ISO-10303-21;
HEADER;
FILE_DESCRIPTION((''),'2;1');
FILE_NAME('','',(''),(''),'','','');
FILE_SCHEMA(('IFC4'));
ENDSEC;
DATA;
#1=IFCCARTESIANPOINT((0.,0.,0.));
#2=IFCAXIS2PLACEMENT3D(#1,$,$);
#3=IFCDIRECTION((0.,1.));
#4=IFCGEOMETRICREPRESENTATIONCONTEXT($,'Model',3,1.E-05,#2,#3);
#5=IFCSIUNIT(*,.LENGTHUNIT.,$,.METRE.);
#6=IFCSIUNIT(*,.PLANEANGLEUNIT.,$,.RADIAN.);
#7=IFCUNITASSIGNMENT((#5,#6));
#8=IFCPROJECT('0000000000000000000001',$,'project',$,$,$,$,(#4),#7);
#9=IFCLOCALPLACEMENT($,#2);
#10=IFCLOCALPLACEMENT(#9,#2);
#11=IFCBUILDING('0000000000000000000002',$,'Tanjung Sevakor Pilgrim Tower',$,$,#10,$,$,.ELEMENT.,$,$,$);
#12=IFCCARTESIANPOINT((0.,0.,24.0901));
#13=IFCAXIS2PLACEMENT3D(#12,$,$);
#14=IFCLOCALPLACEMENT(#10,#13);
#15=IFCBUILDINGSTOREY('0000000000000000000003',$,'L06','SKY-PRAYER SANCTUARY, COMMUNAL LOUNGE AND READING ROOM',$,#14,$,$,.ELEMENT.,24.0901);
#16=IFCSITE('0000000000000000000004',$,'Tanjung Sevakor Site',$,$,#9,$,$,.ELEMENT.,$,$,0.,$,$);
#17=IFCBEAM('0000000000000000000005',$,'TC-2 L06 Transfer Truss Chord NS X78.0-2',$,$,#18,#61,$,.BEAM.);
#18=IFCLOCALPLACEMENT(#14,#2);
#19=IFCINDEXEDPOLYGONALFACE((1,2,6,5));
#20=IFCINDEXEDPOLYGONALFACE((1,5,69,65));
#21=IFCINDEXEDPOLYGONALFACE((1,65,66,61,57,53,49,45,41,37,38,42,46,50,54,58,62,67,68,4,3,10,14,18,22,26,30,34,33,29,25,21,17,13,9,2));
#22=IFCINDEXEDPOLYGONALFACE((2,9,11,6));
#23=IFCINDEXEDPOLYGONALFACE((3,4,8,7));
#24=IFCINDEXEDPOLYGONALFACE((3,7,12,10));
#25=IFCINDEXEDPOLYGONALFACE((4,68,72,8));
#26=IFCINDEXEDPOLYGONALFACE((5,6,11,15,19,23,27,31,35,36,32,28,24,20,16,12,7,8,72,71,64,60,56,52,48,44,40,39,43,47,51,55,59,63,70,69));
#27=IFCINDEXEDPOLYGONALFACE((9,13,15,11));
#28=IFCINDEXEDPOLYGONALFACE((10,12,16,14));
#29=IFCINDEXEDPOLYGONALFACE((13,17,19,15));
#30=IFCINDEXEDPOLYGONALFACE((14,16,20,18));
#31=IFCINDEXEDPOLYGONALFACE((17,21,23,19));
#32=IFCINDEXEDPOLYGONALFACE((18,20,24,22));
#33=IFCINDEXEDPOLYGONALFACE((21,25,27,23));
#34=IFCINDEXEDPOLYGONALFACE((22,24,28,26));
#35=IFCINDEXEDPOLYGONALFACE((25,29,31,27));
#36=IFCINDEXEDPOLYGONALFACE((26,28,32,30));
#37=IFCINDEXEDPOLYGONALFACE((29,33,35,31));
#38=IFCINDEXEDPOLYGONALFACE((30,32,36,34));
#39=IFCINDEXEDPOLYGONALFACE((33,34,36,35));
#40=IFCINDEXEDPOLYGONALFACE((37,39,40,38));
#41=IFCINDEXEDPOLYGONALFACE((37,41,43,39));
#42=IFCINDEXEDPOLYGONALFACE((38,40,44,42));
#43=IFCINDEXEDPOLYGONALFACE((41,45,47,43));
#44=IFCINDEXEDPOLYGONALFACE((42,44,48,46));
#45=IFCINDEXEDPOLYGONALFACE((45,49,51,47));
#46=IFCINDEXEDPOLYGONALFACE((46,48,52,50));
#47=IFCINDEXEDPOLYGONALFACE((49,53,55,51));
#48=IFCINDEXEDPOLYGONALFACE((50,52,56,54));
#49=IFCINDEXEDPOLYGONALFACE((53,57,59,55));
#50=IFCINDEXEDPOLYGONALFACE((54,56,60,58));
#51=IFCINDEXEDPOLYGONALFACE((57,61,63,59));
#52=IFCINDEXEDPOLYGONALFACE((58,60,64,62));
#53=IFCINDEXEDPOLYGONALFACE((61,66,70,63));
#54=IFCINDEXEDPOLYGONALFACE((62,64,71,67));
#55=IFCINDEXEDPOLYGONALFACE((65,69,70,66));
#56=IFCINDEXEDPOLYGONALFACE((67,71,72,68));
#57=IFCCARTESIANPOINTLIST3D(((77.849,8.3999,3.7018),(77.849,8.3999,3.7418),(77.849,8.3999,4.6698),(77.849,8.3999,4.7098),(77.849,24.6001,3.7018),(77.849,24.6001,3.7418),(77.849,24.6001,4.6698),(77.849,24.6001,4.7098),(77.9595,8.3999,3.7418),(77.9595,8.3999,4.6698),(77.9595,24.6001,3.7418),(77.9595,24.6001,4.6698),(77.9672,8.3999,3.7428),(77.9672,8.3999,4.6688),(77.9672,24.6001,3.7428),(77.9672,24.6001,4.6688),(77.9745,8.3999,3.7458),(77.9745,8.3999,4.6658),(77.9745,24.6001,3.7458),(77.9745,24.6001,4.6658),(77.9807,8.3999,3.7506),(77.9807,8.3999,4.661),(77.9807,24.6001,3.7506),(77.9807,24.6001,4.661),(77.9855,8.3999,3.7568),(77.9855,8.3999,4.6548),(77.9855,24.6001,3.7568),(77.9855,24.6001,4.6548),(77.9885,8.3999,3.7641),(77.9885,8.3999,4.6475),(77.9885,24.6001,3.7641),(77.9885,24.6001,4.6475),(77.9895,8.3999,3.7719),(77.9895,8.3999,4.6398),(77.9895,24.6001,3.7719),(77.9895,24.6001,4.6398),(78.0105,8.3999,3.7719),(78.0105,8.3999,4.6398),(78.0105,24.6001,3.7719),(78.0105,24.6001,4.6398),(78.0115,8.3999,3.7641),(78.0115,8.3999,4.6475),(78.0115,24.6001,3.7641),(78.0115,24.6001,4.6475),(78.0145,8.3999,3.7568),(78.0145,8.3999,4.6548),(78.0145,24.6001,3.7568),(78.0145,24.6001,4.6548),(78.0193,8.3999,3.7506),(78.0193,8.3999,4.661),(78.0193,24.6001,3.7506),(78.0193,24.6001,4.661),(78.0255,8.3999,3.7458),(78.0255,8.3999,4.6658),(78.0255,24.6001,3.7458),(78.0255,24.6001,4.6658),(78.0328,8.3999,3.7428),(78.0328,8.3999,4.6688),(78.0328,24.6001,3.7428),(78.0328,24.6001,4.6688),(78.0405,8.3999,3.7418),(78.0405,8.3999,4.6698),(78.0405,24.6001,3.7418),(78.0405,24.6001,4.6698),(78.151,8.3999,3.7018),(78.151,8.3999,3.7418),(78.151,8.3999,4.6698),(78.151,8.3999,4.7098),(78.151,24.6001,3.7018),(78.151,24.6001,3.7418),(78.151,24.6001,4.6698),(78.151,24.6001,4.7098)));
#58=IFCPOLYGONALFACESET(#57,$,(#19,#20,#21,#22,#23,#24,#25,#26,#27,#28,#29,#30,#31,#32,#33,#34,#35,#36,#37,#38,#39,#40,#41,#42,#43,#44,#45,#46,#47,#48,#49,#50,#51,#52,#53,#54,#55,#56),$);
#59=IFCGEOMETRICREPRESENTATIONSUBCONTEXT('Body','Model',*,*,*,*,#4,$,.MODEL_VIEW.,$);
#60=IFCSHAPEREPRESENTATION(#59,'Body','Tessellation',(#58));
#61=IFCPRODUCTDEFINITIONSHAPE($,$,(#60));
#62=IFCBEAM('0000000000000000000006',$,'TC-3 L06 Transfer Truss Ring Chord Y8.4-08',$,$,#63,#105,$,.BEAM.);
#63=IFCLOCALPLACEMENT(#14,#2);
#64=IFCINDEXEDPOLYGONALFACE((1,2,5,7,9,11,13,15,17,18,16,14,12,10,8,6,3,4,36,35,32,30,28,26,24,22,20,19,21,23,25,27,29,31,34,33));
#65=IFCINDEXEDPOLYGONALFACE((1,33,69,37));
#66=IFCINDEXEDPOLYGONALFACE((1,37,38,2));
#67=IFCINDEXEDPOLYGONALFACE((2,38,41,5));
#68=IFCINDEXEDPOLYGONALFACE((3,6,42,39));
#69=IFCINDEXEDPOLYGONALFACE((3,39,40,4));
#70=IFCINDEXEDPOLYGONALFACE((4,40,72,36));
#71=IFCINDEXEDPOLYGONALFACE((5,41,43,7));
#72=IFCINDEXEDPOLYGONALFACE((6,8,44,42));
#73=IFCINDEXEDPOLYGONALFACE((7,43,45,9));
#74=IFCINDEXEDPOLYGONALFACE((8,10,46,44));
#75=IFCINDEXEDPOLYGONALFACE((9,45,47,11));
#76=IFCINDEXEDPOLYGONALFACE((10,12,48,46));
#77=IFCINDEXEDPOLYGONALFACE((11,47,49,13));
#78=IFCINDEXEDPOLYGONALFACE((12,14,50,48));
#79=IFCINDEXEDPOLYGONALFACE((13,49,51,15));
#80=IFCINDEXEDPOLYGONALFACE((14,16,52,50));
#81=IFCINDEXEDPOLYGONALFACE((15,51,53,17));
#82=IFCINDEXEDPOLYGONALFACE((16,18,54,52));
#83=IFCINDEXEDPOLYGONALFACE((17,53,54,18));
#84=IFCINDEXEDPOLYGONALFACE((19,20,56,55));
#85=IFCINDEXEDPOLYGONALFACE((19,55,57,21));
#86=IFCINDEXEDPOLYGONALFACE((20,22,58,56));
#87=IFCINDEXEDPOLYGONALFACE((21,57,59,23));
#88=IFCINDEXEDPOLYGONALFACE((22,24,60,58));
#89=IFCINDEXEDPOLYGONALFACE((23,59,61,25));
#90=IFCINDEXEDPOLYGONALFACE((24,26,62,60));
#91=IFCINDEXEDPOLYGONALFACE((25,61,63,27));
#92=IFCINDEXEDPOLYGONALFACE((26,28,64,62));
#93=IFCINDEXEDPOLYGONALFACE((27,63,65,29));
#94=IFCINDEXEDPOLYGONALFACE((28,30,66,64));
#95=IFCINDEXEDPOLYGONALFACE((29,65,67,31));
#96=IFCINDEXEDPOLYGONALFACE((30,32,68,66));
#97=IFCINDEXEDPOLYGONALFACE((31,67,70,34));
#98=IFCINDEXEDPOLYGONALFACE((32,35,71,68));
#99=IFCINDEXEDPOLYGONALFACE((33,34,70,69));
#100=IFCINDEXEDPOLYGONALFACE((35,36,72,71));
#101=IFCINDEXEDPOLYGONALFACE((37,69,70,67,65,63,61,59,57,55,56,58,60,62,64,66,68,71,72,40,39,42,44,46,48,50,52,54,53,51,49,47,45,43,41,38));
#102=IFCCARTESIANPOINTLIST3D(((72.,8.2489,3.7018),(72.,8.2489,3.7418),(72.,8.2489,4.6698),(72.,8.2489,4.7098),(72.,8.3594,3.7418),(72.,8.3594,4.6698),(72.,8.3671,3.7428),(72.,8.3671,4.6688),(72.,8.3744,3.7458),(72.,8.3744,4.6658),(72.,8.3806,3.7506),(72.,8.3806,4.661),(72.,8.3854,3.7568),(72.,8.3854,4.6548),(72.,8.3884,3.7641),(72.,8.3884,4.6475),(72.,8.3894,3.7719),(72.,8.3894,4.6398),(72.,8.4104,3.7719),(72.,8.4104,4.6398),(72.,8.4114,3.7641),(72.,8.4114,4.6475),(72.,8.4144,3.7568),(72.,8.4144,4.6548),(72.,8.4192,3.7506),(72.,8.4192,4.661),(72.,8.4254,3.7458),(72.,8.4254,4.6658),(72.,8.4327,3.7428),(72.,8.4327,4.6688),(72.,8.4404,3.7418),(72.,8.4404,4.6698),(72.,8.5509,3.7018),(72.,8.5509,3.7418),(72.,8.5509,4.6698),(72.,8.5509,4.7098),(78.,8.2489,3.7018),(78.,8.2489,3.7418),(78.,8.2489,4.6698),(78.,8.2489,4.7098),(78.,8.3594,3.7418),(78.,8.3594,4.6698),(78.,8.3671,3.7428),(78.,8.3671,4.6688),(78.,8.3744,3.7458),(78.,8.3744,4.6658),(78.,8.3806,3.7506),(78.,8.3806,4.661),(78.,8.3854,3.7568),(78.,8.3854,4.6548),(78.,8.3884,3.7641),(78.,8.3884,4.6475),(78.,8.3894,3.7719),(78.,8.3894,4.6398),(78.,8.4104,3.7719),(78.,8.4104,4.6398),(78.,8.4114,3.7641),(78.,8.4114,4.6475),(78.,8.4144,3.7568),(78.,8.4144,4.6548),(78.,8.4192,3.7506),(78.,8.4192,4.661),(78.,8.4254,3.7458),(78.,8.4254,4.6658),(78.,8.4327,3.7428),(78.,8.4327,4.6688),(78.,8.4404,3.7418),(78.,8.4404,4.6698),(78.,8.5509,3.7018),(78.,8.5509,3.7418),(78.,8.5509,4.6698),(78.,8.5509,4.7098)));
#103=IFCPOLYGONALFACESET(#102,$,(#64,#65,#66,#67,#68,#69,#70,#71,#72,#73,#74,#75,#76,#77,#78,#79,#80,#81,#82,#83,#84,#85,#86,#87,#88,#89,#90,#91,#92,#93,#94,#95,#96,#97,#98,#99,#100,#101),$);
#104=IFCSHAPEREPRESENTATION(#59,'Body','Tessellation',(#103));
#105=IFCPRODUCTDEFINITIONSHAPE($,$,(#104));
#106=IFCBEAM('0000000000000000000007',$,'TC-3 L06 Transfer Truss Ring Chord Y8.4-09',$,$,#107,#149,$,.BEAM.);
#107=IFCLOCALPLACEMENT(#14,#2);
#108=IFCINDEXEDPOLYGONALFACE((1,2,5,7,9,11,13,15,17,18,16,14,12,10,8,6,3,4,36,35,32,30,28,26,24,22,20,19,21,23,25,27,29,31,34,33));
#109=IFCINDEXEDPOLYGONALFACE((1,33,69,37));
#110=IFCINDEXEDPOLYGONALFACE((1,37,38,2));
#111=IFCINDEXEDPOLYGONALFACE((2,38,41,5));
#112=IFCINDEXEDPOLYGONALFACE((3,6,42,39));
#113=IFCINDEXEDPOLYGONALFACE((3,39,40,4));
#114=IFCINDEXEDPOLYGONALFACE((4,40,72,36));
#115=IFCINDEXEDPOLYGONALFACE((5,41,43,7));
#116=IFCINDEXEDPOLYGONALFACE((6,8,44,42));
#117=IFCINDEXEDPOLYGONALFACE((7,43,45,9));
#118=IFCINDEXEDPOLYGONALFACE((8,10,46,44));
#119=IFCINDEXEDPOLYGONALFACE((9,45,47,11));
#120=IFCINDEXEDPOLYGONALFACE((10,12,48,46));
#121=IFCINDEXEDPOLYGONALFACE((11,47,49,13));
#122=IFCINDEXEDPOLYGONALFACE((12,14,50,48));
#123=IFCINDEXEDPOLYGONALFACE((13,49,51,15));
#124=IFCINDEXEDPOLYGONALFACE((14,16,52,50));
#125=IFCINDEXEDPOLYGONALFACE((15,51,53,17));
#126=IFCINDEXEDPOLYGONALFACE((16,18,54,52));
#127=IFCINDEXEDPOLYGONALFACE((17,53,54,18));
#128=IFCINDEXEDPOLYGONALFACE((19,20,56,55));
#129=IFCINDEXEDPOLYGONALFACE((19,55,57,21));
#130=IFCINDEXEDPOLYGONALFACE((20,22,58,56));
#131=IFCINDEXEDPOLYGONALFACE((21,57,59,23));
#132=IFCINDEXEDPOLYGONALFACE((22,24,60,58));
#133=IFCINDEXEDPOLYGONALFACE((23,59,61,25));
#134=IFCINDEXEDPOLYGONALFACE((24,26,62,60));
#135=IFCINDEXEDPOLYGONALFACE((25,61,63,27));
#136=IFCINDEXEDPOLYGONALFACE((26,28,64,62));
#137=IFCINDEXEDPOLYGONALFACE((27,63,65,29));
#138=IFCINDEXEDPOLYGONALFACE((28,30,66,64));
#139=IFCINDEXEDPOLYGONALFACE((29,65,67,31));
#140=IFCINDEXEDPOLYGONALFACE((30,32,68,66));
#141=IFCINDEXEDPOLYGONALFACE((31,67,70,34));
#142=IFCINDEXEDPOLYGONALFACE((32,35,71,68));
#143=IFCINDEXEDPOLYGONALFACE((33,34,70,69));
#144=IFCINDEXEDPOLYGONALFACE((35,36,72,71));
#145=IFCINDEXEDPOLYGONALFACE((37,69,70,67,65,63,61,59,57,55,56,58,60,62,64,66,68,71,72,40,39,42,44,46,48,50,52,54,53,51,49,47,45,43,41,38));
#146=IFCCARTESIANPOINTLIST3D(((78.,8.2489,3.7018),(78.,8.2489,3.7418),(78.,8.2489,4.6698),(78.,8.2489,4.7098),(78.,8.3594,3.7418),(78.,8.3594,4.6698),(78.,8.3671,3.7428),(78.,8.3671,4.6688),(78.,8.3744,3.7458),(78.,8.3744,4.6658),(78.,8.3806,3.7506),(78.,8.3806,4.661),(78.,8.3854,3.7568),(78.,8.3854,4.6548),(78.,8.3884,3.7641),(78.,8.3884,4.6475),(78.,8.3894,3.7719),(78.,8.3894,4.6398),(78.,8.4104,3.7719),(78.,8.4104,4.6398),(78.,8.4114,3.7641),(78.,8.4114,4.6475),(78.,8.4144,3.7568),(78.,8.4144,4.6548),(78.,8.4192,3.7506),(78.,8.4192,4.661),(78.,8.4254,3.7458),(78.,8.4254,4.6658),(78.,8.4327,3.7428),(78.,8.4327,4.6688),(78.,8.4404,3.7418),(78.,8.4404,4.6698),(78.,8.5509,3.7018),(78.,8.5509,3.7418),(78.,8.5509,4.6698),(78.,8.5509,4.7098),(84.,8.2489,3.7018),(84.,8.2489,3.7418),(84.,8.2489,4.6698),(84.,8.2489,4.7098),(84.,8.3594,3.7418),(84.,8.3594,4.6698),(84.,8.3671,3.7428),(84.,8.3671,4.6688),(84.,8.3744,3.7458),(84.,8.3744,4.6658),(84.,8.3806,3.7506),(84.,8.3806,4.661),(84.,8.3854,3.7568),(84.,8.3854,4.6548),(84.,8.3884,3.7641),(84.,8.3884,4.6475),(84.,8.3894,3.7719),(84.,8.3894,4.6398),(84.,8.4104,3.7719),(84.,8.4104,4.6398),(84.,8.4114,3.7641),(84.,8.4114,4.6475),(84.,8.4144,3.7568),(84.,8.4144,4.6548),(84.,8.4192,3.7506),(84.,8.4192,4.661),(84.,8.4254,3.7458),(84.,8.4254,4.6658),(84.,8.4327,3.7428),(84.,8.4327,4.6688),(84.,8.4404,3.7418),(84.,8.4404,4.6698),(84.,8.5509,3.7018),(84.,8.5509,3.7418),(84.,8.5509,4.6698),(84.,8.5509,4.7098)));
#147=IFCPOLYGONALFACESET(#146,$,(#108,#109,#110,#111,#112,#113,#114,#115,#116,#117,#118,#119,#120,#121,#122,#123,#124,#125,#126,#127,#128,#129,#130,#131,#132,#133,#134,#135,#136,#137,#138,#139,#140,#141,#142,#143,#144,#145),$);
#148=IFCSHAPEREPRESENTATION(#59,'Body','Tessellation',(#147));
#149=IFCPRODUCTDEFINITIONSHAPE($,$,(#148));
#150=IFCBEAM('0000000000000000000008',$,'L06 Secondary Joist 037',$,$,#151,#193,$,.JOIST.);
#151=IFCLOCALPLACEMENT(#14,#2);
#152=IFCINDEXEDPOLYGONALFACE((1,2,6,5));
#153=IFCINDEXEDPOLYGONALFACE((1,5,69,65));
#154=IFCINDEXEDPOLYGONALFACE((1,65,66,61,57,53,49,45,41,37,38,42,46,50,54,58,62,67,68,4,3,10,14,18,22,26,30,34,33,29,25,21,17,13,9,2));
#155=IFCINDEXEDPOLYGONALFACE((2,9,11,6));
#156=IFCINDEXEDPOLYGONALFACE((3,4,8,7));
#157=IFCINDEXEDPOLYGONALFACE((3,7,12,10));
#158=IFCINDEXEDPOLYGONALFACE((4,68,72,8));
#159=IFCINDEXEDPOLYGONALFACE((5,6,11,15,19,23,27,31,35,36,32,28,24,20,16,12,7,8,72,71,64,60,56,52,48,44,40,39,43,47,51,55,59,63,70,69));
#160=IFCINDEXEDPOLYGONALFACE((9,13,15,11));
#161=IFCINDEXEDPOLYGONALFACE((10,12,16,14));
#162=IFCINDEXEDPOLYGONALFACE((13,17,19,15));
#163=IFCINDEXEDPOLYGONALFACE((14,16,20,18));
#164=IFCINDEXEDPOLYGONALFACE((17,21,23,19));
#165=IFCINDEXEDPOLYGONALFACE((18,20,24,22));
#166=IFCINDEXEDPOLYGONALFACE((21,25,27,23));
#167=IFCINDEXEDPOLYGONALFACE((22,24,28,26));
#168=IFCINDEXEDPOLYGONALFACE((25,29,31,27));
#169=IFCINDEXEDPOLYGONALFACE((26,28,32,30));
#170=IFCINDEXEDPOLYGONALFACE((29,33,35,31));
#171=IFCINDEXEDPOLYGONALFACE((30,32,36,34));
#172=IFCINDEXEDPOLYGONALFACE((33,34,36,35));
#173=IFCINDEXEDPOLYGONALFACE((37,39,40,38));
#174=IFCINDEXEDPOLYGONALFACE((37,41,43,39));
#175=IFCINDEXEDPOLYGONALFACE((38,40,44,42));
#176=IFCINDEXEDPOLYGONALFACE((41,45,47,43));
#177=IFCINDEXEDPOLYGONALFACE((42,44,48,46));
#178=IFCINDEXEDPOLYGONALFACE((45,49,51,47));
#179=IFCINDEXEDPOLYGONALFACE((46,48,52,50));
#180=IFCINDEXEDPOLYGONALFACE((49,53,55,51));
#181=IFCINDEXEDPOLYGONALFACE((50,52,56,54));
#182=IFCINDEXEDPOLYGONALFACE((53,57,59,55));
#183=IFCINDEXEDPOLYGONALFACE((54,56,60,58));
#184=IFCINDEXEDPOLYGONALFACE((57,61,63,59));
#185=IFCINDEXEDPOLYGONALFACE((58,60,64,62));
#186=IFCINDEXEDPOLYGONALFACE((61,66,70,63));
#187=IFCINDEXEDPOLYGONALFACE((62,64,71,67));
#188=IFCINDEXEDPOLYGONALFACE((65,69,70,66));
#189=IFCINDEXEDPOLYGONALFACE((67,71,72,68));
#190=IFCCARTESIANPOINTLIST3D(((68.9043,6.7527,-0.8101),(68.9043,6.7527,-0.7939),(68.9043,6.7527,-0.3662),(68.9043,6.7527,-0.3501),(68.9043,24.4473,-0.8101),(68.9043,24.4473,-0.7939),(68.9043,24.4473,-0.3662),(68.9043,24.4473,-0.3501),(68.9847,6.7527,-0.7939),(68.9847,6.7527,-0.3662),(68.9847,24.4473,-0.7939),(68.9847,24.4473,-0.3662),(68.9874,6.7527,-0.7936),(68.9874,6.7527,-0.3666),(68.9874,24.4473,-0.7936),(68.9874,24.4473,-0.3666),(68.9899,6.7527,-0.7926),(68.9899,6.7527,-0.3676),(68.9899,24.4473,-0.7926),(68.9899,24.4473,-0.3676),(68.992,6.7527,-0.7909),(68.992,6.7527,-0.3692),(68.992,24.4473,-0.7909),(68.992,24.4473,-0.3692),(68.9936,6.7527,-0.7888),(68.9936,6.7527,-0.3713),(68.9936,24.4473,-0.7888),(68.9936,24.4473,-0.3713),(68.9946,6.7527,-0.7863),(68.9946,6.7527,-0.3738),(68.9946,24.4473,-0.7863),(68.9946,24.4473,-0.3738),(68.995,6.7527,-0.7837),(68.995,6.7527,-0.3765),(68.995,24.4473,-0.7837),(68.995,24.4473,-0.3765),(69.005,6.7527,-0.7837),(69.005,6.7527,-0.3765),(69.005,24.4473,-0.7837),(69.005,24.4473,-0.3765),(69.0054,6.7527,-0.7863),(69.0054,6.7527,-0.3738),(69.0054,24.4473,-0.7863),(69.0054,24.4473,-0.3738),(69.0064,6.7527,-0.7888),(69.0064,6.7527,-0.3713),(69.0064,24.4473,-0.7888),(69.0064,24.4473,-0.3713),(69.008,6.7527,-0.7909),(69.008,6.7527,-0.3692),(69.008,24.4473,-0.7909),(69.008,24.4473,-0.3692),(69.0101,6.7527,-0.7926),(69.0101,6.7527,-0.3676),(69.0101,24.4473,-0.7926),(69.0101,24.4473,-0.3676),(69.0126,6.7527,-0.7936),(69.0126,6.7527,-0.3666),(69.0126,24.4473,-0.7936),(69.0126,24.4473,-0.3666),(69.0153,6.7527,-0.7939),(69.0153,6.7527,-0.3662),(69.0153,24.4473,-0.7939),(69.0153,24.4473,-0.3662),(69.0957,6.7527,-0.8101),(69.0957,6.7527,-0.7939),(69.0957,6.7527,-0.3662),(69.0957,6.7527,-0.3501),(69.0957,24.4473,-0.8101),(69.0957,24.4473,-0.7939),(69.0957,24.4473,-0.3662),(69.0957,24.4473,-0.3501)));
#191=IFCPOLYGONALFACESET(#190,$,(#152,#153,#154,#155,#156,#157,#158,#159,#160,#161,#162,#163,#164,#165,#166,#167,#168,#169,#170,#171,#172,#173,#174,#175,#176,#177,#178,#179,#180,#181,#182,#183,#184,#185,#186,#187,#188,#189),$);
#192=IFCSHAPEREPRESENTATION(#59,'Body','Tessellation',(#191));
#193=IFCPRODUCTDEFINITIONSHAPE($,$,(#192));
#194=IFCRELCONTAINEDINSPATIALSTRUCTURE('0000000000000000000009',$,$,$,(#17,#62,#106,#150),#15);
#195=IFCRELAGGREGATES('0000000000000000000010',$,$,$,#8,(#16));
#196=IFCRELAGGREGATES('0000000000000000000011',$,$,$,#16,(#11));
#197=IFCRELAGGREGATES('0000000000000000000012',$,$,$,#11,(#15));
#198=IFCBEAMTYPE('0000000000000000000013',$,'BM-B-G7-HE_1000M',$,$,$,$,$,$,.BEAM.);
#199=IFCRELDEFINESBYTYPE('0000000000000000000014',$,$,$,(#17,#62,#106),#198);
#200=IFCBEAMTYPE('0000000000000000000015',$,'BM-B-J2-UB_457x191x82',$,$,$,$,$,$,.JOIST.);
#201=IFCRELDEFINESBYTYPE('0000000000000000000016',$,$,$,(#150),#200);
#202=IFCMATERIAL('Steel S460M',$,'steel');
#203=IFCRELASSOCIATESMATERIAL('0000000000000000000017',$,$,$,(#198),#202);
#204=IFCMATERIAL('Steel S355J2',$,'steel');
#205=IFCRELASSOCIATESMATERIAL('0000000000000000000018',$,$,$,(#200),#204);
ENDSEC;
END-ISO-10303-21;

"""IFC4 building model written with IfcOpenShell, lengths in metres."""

from ifc_helpers import new_model, si_unit, direction, frame, origin, origin_2d, place, context, subcontext, project, spatial, i_section, extrude, material, material_profile, profile_set, type_object, element, save


model = new_model("IFC4")

# Units and contexts
model_context = context("Model", 3, precision=1e-05, world=origin(), true_north=direction((0.0, 1.0)))
body_context = subcontext(model_context, "Body", "Model", "MODEL_VIEW")
ifc_project = project(units=[si_unit("LENGTHUNIT", "METRE"), si_unit("PLANEANGLEUNIT", "RADIAN")], contexts=[model_context])

# Site, building, storey
site_placement = place(None, origin())
site = spatial("IfcSite", under=ifc_project, at=site_placement, Name="Tanjung Sevakor Site", CompositionType="ELEMENT", RefElevation=0.0)
building_placement = place(site_placement, origin())
building = spatial("IfcBuilding", under=site, at=building_placement, Name="Tanjung Sevakor Pilgrim Tower", CompositionType="ELEMENT")
storey_placement = place(building_placement, frame((0.0, 0.0, 24.0901)))
storey = spatial("IfcBuildingStorey", under=building, at=storey_placement, Name="L06", Description="SKY-PRAYER SANCTUARY, COMMUNAL LOUNGE AND READING ROOM", CompositionType="ELEMENT", Elevation=24.0901)

# Beams
ifc_material_1 = material(Name="Steel S460M", Category="steel")
ifc_material_profile_1 = material_profile(ifc_material_1, i_section(OverallWidth=0.302, OverallDepth=1.0081, WebThickness=0.021, FlangeThickness=0.04, FilletRadius=0.03, at=origin_2d()))
ifc_profile_set_1 = profile_set([ifc_material_profile_1], Name="Steel S460M")
beam_type_1 = type_object("IfcBeamType", Name="BM-B-G7-HE_1000M", PredefinedType="BEAM", material=ifc_profile_set_1)
beam_1_placement = place(storey_placement, frame((78.0, 8.3999, 4.2058), z_axis=(0.0, 1.0, 0.0), x_axis=(-1.0, 0.0, 0.0)))
element("IfcBeam", 1, at=beam_1_placement, inside=storey, type_object=beam_type_1, Name="TC-2 L06 Transfer Truss Chord NS X78.0-2", PredefinedType="BEAM", context=body_context, shape_type="SweptSolid", body=[
    extrude(i_section(OverallWidth=0.302, OverallDepth=1.0081, WebThickness=0.021, FlangeThickness=0.04, FilletRadius=0.03, at=origin_2d()), origin(), (0.0, 0.0, 1.0), 16.2002),
])
for number, where, z_axis, x_axis, name in (
    (2, (72.0, 8.3999, 4.2058), (1.0, 0.0, 0.0), (0.0, 1.0, 0.0), "TC-3 L06 Transfer Truss Ring Chord Y8.4-08"),
    (3, (78.0, 8.3999, 4.2058), (1.0, 0.0, 0.0), (0.0, 1.0, 0.0), "TC-3 L06 Transfer Truss Ring Chord Y8.4-09"),
):
    element("IfcBeam", number, at=place(storey_placement, frame(where, z_axis=z_axis, x_axis=x_axis)), inside=storey, type_object=beam_type_1, Name=name, PredefinedType="BEAM", context=body_context, shape_type="SweptSolid", body=[
        extrude(i_section(OverallWidth=0.302, OverallDepth=1.0081, WebThickness=0.021, FlangeThickness=0.04, FilletRadius=0.03, at=origin_2d()), origin(), (0.0, 0.0, 1.0), 6.0),
    ])
ifc_material_2 = material(Name="Steel S355J2", Category="steel")
ifc_material_profile_2 = material_profile(ifc_material_2, i_section(OverallWidth=0.1914, OverallDepth=0.46, WebThickness=0.01, FlangeThickness=0.0161, FilletRadius=0.0103, at=origin_2d()))
ifc_profile_set_2 = profile_set([ifc_material_profile_2], Name="Steel S355J2")
beam_type_2 = type_object("IfcBeamType", Name="BM-B-J2-UB_457x191x82", PredefinedType="JOIST", material=ifc_profile_set_2)
for number, where, z_axis, x_axis, name in (
    (4, (69.0, 6.7527, -0.5801), (0.0, 1.0, 0.0), (-1.0, 0.0, 0.0), "L06 Secondary Joist 037"),
):
    element("IfcBeam", number, at=place(storey_placement, frame(where, z_axis=z_axis, x_axis=x_axis)), inside=storey, type_object=beam_type_2, Name=name, PredefinedType="JOIST", context=body_context, shape_type="SweptSolid", body=[
        extrude(i_section(OverallWidth=0.1914, OverallDepth=0.46, WebThickness=0.01, FlangeThickness=0.0161, FilletRadius=0.0103, at=origin_2d()), origin(), (0.0, 0.0, 1.0), 17.6946),
    ])

save(model, "model.ifc")
